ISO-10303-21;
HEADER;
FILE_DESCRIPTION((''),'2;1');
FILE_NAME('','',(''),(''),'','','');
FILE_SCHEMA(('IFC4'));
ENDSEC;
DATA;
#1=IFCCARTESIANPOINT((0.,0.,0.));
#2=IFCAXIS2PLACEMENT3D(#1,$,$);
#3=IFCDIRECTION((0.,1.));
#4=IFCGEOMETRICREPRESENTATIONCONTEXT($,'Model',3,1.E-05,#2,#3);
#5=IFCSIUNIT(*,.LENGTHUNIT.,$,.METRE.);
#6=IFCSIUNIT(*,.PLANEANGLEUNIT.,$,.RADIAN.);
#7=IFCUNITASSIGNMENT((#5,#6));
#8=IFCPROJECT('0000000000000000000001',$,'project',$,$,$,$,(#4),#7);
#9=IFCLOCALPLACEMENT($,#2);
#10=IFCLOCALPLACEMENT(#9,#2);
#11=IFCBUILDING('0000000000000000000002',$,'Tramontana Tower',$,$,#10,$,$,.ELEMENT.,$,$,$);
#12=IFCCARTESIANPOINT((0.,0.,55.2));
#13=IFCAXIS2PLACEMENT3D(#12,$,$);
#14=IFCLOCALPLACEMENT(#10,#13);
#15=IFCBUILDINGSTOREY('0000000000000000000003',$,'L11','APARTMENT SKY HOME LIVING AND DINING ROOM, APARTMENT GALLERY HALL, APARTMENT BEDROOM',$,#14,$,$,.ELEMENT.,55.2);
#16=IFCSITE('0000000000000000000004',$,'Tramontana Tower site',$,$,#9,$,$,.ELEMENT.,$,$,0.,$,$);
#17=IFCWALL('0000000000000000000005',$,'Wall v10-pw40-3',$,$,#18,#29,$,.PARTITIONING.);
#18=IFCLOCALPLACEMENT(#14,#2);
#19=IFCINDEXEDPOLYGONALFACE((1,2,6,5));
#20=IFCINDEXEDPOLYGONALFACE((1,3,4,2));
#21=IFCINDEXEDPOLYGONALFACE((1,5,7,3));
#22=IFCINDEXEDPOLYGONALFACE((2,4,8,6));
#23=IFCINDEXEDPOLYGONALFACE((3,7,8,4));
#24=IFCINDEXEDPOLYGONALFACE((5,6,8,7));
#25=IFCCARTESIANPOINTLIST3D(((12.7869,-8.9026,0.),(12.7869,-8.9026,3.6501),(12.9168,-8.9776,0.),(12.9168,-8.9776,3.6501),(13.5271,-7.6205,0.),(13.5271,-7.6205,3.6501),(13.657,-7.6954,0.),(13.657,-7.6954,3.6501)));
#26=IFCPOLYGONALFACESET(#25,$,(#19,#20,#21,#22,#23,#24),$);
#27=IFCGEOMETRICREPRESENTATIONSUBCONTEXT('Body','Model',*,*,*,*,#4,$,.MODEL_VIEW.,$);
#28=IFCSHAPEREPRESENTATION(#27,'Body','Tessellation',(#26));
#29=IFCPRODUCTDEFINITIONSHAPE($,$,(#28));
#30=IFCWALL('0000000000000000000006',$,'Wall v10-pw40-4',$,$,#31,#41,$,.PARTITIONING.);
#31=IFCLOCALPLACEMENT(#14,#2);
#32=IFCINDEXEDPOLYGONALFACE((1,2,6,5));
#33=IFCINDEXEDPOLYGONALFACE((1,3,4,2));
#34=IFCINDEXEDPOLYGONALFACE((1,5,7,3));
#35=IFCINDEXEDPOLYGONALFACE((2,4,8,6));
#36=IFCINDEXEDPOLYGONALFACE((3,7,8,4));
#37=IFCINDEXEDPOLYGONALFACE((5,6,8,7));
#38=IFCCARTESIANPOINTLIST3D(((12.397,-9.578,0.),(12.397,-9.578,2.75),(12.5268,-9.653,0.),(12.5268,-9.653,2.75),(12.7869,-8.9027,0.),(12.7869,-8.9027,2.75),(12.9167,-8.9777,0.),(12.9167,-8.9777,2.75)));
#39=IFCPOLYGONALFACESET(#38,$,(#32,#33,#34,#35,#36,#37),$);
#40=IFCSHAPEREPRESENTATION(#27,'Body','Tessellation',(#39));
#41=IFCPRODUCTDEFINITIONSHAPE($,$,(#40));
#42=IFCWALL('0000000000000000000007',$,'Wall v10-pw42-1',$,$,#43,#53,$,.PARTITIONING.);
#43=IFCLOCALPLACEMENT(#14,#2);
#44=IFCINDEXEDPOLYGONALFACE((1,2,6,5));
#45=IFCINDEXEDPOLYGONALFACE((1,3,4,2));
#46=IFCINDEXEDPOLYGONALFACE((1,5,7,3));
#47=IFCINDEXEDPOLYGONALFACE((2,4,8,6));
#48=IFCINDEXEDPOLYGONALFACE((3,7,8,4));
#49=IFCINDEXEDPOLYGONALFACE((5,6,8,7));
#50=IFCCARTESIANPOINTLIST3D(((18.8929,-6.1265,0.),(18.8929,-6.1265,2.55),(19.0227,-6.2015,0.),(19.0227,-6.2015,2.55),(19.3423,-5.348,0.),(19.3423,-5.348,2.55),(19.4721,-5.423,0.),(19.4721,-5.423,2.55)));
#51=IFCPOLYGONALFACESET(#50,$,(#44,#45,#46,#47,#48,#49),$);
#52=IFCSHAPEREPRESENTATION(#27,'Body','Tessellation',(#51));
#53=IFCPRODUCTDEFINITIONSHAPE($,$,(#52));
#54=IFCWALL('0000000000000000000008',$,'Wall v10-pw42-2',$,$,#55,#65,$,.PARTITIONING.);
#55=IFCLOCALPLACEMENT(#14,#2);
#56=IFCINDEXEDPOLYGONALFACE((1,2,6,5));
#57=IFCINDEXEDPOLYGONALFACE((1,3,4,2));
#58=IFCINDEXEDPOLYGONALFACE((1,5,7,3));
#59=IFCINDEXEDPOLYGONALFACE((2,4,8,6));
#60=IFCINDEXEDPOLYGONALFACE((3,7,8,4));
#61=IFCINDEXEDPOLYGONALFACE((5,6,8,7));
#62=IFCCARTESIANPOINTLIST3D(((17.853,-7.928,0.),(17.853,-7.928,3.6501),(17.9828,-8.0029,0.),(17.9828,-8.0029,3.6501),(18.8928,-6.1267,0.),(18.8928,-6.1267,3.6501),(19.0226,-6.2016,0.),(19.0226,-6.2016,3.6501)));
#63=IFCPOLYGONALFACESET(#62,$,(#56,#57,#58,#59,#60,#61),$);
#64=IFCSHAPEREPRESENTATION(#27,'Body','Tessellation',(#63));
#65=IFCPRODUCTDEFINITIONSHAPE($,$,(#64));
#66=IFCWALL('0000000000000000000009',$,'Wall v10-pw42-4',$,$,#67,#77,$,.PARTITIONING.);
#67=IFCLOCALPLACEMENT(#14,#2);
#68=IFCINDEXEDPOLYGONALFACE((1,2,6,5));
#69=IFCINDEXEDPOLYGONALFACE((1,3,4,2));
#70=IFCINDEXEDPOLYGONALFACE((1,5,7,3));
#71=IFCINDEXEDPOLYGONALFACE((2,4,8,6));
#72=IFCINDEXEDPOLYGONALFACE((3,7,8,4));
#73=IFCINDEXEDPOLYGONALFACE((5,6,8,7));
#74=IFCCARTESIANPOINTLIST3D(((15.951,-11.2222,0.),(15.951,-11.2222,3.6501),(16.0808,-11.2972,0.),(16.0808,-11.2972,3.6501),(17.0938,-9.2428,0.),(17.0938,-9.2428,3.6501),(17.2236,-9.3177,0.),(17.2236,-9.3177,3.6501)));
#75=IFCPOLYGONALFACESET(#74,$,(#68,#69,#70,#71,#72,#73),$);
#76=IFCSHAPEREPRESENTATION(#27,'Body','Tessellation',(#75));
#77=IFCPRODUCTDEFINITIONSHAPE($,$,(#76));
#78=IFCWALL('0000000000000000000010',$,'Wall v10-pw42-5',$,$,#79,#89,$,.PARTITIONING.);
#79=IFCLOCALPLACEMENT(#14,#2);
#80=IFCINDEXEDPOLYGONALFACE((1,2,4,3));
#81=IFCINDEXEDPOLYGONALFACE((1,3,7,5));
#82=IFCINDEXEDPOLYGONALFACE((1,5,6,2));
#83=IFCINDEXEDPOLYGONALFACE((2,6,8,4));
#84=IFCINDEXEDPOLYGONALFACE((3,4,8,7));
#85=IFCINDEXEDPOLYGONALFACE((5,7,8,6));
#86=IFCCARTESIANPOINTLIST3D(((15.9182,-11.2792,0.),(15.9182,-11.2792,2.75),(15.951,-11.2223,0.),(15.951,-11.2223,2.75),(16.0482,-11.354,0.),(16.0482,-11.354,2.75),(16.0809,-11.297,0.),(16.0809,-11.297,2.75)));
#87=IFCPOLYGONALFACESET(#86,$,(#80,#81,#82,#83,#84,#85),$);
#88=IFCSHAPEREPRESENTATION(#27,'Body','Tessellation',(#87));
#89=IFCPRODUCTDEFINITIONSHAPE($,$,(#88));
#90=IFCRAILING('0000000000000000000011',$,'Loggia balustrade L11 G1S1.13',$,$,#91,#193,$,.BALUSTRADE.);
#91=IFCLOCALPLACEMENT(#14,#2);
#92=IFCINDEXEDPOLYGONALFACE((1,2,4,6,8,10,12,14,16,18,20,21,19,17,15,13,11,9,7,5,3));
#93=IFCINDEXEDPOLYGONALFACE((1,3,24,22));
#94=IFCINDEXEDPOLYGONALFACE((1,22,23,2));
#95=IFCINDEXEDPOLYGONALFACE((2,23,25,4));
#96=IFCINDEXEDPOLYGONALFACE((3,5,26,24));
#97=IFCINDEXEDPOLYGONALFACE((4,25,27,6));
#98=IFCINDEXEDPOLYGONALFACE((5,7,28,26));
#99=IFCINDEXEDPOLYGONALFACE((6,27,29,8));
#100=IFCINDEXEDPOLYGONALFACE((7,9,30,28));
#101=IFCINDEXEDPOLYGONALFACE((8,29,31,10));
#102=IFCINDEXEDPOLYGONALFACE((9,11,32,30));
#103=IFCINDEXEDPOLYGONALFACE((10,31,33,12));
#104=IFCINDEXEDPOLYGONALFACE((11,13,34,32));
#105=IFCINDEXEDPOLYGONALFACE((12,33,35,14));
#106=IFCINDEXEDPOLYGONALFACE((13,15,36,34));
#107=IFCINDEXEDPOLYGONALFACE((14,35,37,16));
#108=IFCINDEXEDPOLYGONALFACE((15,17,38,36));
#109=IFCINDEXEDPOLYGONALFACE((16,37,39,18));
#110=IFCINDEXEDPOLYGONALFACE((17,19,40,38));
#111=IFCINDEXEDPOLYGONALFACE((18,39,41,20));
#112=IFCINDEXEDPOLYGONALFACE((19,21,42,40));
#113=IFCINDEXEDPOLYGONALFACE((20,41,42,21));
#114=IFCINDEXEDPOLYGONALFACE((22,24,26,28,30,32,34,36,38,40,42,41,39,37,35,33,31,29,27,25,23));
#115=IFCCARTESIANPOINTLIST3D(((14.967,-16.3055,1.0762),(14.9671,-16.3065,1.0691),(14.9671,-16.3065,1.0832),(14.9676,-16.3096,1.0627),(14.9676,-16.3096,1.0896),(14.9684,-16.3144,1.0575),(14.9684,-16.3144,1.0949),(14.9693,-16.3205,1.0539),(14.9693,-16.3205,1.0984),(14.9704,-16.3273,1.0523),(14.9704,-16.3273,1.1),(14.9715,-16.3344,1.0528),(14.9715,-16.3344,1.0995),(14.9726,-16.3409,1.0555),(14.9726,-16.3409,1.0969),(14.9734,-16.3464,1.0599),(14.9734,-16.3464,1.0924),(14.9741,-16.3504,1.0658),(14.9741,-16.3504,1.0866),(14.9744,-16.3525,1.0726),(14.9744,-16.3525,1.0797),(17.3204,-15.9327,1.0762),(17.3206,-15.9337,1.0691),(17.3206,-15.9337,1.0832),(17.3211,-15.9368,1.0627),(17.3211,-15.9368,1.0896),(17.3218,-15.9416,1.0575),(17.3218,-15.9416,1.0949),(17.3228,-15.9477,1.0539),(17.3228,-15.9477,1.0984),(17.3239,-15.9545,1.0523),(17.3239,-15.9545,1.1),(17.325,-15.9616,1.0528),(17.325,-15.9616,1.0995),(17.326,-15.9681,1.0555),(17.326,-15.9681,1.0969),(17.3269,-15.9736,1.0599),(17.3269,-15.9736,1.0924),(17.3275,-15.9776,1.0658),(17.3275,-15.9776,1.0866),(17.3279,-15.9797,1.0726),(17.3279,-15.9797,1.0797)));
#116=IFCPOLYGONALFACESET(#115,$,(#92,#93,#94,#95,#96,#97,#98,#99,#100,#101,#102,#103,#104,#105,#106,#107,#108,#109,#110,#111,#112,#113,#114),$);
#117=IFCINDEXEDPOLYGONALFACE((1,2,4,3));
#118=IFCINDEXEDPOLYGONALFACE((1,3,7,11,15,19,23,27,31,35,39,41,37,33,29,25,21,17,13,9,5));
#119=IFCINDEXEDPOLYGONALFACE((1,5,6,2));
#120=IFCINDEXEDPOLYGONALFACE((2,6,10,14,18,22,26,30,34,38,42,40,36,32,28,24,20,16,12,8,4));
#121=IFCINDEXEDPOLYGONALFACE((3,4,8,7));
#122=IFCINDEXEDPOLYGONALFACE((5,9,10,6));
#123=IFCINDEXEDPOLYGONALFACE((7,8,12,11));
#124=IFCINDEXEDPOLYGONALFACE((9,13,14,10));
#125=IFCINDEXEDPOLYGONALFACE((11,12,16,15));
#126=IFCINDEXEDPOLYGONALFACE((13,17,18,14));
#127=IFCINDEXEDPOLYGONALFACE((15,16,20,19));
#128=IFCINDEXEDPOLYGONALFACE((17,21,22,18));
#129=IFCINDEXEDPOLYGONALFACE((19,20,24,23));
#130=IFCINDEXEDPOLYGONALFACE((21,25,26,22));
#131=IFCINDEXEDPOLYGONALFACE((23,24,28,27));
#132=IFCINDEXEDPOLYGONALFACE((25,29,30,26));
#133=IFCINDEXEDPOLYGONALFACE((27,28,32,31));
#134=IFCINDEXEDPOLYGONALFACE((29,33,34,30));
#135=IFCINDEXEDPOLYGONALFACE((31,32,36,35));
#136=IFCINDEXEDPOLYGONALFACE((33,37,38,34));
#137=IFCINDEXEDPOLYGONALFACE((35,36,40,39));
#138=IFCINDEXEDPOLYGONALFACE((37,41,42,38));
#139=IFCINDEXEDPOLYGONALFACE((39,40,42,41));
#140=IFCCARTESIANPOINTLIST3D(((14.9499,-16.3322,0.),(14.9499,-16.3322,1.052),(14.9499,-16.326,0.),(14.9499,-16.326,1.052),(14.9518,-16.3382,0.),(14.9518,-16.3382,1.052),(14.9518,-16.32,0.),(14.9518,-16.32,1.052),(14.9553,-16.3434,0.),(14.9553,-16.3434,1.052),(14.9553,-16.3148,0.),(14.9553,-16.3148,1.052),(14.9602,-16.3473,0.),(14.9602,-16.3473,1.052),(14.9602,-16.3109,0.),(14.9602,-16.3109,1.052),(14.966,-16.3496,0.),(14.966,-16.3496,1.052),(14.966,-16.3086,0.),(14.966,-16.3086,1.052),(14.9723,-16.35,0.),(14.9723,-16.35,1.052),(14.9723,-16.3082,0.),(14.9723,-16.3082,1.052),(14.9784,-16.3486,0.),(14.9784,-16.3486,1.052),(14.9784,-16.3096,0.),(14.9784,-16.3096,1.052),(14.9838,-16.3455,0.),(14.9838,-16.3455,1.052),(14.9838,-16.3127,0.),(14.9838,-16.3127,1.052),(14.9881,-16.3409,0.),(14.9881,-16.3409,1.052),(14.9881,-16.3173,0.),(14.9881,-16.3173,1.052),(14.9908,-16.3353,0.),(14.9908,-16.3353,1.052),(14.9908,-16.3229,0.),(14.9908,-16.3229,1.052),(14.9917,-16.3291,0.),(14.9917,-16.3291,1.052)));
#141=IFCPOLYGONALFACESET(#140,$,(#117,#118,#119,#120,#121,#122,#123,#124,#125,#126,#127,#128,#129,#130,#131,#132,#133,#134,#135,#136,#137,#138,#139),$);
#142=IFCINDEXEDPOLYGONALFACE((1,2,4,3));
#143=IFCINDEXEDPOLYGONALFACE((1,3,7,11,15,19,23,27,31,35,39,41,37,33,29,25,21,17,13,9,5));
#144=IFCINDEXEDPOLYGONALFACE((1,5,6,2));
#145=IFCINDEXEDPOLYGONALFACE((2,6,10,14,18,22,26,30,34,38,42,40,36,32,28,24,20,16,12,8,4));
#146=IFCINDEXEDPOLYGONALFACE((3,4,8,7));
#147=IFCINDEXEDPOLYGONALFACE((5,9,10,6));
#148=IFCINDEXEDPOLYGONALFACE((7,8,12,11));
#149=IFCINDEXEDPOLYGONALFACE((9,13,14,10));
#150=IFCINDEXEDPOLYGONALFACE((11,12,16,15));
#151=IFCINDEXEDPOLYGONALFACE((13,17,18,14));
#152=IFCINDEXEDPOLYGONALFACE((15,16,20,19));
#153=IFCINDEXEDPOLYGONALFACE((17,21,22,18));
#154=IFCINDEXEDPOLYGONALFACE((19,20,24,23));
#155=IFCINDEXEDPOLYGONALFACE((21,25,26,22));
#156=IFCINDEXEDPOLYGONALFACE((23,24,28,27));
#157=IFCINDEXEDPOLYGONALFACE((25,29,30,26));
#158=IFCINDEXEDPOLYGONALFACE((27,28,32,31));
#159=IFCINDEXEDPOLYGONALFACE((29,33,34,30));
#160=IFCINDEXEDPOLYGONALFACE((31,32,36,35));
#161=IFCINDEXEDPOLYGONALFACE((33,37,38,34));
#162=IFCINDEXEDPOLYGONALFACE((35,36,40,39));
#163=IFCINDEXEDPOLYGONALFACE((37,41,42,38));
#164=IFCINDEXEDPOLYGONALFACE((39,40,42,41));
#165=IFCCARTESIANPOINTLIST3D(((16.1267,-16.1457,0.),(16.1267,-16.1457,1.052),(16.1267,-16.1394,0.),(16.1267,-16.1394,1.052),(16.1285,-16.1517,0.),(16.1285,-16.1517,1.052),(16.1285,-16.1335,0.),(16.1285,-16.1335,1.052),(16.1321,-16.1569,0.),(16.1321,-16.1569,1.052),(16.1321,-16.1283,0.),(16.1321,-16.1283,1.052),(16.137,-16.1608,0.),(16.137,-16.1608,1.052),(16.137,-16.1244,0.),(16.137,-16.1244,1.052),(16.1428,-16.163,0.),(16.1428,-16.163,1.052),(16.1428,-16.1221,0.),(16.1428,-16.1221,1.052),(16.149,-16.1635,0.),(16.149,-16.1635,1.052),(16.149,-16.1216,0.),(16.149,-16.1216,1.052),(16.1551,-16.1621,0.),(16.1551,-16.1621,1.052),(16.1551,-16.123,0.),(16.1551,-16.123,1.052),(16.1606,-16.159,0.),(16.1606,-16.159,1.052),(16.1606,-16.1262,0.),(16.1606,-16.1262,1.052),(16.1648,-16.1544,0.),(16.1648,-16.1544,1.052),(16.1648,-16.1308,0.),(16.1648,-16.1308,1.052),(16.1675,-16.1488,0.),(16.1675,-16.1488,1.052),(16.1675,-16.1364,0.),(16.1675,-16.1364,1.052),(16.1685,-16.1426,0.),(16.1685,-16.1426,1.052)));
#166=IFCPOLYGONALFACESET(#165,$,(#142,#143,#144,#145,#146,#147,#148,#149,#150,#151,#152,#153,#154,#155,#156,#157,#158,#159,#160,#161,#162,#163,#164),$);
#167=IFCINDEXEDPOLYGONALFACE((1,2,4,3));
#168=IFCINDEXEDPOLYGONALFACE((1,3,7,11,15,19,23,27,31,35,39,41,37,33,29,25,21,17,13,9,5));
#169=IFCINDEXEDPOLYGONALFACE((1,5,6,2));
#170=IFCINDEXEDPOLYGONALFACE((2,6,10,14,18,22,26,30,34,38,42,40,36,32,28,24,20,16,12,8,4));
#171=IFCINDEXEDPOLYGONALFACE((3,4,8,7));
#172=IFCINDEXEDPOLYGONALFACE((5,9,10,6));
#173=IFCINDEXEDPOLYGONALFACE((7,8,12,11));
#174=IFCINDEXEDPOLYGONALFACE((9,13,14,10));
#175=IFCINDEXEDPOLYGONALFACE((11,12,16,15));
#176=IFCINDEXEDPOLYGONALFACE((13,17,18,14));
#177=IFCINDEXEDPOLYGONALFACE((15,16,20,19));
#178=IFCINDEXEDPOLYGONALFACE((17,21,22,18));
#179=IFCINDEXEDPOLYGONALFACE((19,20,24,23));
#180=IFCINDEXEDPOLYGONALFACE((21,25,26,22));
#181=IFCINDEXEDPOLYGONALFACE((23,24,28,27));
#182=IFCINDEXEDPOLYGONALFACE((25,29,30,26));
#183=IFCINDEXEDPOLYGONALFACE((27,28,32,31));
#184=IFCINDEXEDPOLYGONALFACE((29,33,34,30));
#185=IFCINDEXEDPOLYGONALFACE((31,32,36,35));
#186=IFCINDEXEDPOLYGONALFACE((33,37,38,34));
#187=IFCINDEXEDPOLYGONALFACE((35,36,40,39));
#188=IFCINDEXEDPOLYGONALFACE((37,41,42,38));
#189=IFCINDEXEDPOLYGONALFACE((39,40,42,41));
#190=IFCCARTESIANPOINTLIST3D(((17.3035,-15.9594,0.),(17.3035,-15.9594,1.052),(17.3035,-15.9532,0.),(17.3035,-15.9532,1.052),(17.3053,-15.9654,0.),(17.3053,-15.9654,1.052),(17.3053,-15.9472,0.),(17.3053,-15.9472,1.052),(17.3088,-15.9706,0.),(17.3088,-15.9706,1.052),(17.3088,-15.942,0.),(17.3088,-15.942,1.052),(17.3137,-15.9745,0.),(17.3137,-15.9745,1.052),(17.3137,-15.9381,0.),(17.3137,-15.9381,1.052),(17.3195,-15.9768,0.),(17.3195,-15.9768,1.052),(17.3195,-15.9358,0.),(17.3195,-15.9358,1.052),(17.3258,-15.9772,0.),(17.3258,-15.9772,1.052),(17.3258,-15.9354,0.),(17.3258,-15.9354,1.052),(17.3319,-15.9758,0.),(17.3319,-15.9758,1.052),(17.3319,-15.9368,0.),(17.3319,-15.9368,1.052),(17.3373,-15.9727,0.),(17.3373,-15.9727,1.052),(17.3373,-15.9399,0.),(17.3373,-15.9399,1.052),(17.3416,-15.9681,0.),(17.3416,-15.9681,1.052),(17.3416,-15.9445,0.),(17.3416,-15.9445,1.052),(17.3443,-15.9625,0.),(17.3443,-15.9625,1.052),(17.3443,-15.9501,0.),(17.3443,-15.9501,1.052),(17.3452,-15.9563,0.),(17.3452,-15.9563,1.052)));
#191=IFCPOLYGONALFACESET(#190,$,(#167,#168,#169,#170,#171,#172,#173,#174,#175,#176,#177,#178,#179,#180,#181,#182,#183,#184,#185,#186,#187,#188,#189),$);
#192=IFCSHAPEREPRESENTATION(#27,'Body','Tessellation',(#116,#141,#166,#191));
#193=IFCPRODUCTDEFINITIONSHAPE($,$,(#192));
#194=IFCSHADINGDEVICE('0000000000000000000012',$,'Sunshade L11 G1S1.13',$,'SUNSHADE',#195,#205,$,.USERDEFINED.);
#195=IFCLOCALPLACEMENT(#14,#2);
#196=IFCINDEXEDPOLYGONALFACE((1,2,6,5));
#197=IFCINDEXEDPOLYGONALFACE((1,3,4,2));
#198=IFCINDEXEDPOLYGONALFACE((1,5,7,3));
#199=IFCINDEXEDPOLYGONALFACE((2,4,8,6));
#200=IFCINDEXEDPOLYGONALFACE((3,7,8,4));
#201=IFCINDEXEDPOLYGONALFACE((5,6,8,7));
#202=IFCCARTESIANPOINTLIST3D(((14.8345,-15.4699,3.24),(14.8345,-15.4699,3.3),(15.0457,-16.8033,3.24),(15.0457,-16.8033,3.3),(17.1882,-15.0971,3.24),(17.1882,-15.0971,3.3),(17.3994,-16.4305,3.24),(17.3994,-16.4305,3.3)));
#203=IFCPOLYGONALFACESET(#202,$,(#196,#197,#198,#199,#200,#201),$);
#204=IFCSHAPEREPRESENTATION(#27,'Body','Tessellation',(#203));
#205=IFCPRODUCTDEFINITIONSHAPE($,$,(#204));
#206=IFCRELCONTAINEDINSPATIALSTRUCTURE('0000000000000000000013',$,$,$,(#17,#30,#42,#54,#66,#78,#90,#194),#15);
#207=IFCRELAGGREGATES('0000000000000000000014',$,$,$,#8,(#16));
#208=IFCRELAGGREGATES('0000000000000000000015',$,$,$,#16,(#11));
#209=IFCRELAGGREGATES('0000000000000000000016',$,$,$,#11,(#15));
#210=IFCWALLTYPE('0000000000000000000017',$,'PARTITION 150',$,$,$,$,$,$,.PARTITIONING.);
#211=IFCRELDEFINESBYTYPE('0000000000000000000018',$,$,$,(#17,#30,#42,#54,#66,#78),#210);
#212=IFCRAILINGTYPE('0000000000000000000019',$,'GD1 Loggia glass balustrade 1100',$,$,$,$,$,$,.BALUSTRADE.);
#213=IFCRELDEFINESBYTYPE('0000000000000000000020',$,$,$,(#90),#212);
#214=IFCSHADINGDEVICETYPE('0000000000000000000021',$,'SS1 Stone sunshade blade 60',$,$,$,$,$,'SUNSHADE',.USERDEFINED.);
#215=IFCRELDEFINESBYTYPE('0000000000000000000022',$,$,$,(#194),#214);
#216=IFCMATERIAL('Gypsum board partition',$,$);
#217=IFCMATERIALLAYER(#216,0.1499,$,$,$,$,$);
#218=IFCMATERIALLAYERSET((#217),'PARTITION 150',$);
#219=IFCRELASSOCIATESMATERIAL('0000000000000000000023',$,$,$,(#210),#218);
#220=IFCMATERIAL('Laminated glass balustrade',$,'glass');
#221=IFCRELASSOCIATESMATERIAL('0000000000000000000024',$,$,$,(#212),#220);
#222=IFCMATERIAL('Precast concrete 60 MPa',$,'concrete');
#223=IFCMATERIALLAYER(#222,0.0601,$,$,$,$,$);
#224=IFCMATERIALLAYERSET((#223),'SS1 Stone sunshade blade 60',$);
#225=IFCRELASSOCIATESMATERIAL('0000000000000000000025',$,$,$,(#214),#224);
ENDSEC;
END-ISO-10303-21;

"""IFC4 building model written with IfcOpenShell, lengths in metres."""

from ifc_helpers import new_model, si_unit, direction, frame, frame_2d, origin, origin_2d, place, context, subcontext, project, spatial, rectangle, circle, extrude, material, layer, layer_set, type_object, element, save


model = new_model("IFC4")

# Units and contexts
model_context = context("Model", 3, precision=1e-05, world=origin(), true_north=direction((0.0, 1.0)))
body_context = subcontext(model_context, "Body", "Model", "MODEL_VIEW")
ifc_project = project(units=[si_unit("LENGTHUNIT", "METRE"), si_unit("PLANEANGLEUNIT", "RADIAN")], contexts=[model_context])

# Site, building, storey
site_placement = place(None, origin())
site = spatial("IfcSite", under=ifc_project, at=site_placement, Name="Tramontana Tower site", CompositionType="ELEMENT", RefElevation=0.0)
building_placement = place(site_placement, origin())
building = spatial("IfcBuilding", under=site, at=building_placement, Name="Tramontana Tower", CompositionType="ELEMENT")
storey_placement = place(building_placement, frame((0.0, 0.0, 55.2)))
storey = spatial("IfcBuildingStorey", under=building, at=storey_placement, Name="L11", Description="APARTMENT SKY HOME LIVING AND DINING ROOM, APARTMENT GALLERY HALL, APARTMENT BEDROOM", CompositionType="ELEMENT", Elevation=55.2)

# Shared definitions
ifc_material_1 = material(Name="Gypsum board partition")
ifc_layer_1 = layer(ifc_material_1, 0.1499)
ifc_layer_set_1 = layer_set([ifc_layer_1], Name="PARTITION 150")
wall_type_1 = type_object("IfcWallType", Name="PARTITION 150", PredefinedType="PARTITIONING", material=ifc_layer_set_1)

# Walls
wall_1_placement = place(storey_placement, frame((13.592, -7.658, 0.0), z_axis=(0.0, 0.0, 1.0), x_axis=(-0.49997, -0.866043, 0.0)))
element("IfcWall", 1, at=wall_1_placement, inside=storey, type_object=wall_type_1, Name="Wall v10-pw40-3", PredefinedType="PARTITIONING", context=body_context, shape_type="SweptSolid", body=[
    extrude(rectangle(XDim=1.4805, YDim=0.1499, at=frame_2d((0.7402, 0.0))), origin(), (0.0, 0.0, 1.0), 3.6501),
])
wall_2_placement = place(storey_placement, frame((12.8518, -8.9402, 0.0), z_axis=(0.0, 0.0, 1.0), x_axis=(-0.500012, -0.866019, 0.0)))
element("IfcWall", 2, at=wall_2_placement, inside=storey, type_object=wall_type_1, Name="Wall v10-pw40-4", PredefinedType="PARTITIONING", context=body_context, shape_type="SweptSolid", body=[
    extrude(rectangle(XDim=0.7798, YDim=0.1499, at=frame_2d((0.3899, 0.0))), origin(), (0.0, 0.0, 1.0), 2.75),
])

# Walls
wall_3_placement = place(storey_placement, frame((19.4072, -5.3855, 0.0), z_axis=(0.0, 0.0, 1.0), x_axis=(-0.499965, -0.866045, 0.0)))
element("IfcWall", 3, at=wall_3_placement, inside=storey, type_object=wall_type_1, Name="Wall v10-pw42-1", PredefinedType="PARTITIONING", context=body_context, shape_type="SweptSolid", body=[
    extrude(rectangle(XDim=0.8989, YDim=0.1499, at=frame_2d((0.4495, 0.0))), origin(), (0.0, 0.0, 1.0), 2.55),
])
wall_4_placement = place(storey_placement, frame((18.9578, -6.1641, 0.0), z_axis=(0.0, 0.0, 1.0), x_axis=(-0.499939, -0.86606, 0.0)))
element("IfcWall", 4, at=wall_4_placement, inside=storey, type_object=wall_type_1, Name="Wall v10-pw42-2", PredefinedType="PARTITIONING", context=body_context, shape_type="SweptSolid", body=[
    extrude(rectangle(XDim=2.0798, YDim=0.1499, at=frame_2d((1.04, 0.0))), origin(), (0.0, 0.0, 1.0), 3.6501),
])

# Walls
wall_5_placement = place(storey_placement, frame((17.1587, -9.2803, 0.0), z_axis=(0.0, 0.0, 1.0), x_axis=(-0.499988, -0.866033, 0.0)))
element("IfcWall", 5, at=wall_5_placement, inside=storey, type_object=wall_type_1, Name="Wall v10-pw42-4", PredefinedType="PARTITIONING", context=body_context, shape_type="SweptSolid", body=[
    extrude(rectangle(XDim=2.2856, YDim=0.1499, at=frame_2d((1.1428, 0.0))), origin(), (0.0, 0.0, 1.0), 3.6501),
])
wall_6_placement = place(storey_placement, frame((16.0159, -11.2598, 0.0), z_axis=(0.0, 0.0, 1.0), x_axis=(-0.498541, -0.866866, 0.0)))
element("IfcWall", 6, at=wall_6_placement, inside=storey, type_object=wall_type_1, Name="Wall v10-pw42-5", PredefinedType="PARTITIONING", context=body_context, shape_type="SweptSolid", body=[
    extrude(rectangle(XDim=0.0657, YDim=0.1499, at=frame_2d((0.0327, 0.0))), origin(), (0.0, 0.0, 1.0), 2.75),
])

# Railing
ifc_material_2 = material(Name="Laminated glass balustrade", Category="glass")
railing_type = type_object("IfcRailingType", Name="GD1 Loggia glass balustrade 1100", PredefinedType="BALUSTRADE", material=ifc_material_2)
railing_placement = place(storey_placement, frame((14.9707, -16.3291, 0.0)))
element("IfcRailing", 7, at=railing_placement, inside=storey, type_object=railing_type, Name="Loggia balustrade L11 G1S1.13", PredefinedType="BALUSTRADE", context=body_context, shape_type="SweptSolid", body=[
    extrude(circle(Radius=0.0239, at=origin_2d()), frame((0.0, 0.0, 1.0762), z_axis=(0.987686, 0.156452, 0.0), x_axis=(-0.156452, 0.987686, 0.0)), (0.0, 0.0, 1.0), 2.3828),
    extrude(circle(Radius=0.021, at=origin_2d()), origin(), (0.0, 0.0, 1.0), 1.052),
    extrude(circle(Radius=0.021, at=origin_2d()), frame((1.1768, 0.1865, 0.0)), (0.0, 0.0, 1.0), 1.052),
    extrude(circle(Radius=0.021, at=origin_2d()), frame((2.3535, 0.3728, 0.0)), (0.0, 0.0, 1.0), 1.052),
])

# Shading device
ifc_material_3 = material(Name="Precast concrete 60 MPa", Category="concrete")
ifc_layer_2 = layer(ifc_material_3, 0.0601)
ifc_layer_set_2 = layer_set([ifc_layer_2], Name="SS1 Stone sunshade blade 60")
shading_device_type = type_object("IfcShadingDeviceType", Name="SS1 Stone sunshade blade 60", ElementType="SUNSHADE", PredefinedType="USERDEFINED", material=ifc_layer_set_2)
shading_device_placement = place(storey_placement, frame((16.1169, -15.9502, 3.24), z_axis=(0.0, 0.0, 1.0), x_axis=(0.987688, 0.156434, 0.0)))
element("IfcShadingDevice", 8, at=shading_device_placement, inside=storey, type_object=shading_device_type, Name="Sunshade L11 G1S1.13", ObjectType="SUNSHADE", PredefinedType="USERDEFINED", context=body_context, shape_type="SweptSolid", body=[
    extrude(rectangle(XDim=2.3831, YDim=1.3501, at=origin_2d()), origin(), (0.0, 0.0, 1.0), 0.0601),
])

save(model, "model.ifc")
